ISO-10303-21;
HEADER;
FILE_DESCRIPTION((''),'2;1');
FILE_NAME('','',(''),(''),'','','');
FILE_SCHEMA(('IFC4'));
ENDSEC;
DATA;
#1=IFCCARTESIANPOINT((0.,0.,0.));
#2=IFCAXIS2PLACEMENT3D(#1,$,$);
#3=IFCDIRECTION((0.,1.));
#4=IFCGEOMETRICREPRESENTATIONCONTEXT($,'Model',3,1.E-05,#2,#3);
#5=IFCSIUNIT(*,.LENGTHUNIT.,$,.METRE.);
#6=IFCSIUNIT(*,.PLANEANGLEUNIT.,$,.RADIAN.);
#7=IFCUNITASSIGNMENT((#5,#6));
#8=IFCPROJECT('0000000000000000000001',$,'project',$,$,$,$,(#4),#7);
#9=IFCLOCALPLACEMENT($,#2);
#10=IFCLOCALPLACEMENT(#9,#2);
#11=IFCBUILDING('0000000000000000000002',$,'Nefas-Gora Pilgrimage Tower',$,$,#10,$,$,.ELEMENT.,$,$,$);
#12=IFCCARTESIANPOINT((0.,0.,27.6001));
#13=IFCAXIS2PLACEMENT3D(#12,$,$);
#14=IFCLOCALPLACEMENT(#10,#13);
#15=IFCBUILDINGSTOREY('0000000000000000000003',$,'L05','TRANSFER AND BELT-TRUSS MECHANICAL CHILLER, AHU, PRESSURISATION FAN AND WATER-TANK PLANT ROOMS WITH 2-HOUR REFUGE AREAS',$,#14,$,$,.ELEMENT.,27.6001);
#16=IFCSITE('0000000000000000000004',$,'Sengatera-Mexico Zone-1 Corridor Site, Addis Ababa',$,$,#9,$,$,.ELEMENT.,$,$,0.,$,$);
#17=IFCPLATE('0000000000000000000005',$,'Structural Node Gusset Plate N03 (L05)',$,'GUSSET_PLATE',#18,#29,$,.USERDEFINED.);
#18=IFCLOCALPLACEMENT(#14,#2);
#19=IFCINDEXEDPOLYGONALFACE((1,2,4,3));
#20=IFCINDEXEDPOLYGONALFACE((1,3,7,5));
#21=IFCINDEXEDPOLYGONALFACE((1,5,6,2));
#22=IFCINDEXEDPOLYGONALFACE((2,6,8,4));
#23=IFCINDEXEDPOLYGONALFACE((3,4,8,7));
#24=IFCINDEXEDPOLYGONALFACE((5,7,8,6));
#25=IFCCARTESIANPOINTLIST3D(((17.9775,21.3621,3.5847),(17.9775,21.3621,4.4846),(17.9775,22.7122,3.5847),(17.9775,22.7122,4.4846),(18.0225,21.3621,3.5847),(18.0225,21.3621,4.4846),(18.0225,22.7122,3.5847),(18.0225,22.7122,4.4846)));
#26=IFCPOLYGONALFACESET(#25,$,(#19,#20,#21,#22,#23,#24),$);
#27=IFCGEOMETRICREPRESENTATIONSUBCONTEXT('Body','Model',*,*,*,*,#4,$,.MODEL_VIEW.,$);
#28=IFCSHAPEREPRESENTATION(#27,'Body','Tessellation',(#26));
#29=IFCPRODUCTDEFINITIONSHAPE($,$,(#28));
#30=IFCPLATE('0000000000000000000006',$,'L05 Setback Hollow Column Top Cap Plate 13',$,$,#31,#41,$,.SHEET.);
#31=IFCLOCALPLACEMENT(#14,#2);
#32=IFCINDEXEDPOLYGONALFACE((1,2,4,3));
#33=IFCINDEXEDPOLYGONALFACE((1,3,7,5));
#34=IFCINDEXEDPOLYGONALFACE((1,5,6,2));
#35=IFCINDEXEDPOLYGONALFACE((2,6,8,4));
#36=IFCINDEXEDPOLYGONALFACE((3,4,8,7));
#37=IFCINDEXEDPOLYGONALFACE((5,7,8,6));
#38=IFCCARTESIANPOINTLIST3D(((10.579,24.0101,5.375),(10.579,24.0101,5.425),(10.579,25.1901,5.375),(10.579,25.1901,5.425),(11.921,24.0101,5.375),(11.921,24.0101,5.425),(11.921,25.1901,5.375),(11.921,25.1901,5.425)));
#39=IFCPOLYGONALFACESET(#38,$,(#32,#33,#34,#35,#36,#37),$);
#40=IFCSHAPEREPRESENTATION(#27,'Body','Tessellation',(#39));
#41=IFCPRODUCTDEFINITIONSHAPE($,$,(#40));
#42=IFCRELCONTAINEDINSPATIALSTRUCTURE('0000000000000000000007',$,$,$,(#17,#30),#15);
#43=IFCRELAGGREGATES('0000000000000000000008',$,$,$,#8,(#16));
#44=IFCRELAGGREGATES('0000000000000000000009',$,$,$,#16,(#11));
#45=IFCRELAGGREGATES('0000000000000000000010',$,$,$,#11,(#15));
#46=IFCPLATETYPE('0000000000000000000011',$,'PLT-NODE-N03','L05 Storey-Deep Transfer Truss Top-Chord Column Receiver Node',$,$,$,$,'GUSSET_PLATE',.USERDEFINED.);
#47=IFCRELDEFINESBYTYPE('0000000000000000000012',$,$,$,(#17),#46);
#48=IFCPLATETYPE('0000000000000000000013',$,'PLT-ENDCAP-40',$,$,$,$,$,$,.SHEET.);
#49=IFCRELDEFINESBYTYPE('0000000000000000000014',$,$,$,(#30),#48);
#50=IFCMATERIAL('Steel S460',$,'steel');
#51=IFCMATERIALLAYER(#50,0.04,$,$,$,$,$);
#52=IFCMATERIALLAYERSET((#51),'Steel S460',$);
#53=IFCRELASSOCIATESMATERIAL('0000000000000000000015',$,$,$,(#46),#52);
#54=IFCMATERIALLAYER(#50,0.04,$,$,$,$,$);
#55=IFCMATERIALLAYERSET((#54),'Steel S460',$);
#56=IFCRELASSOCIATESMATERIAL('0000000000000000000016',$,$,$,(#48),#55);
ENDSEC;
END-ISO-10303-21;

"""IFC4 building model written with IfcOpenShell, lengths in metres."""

from ifc_helpers import new_model, si_unit, direction, frame, origin, origin_2d, place, context, subcontext, project, spatial, rectangle, extrude, source, transform, mapped, material, layer, layer_set, type_object, element, save


model = new_model("IFC4")

# Units and contexts
model_context = context("Model", 3, precision=1e-05, world=origin(), true_north=direction((0.0, 1.0)))
body_context = subcontext(model_context, "Body", "Model", "MODEL_VIEW")
ifc_project = project(units=[si_unit("LENGTHUNIT", "METRE"), si_unit("PLANEANGLEUNIT", "RADIAN")], contexts=[model_context])

# Site, building, storey
site_placement = place(None, origin())
site = spatial("IfcSite", under=ifc_project, at=site_placement, Name="Sengatera-Mexico Zone-1 Corridor Site, Addis Ababa", CompositionType="ELEMENT", RefElevation=0.0)
building_placement = place(site_placement, origin())
building = spatial("IfcBuilding", under=site, at=building_placement, Name="Nefas-Gora Pilgrimage Tower", CompositionType="ELEMENT")
storey_placement = place(building_placement, frame((0.0, 0.0, 27.6001)))
storey = spatial("IfcBuildingStorey", under=building, at=storey_placement, Name="L05", Description="TRANSFER AND BELT-TRUSS MECHANICAL CHILLER, AHU, PRESSURISATION FAN AND WATER-TANK PLANT ROOMS WITH 2-HOUR REFUGE AREAS", CompositionType="ELEMENT", Elevation=27.6001)

# Shared definitions
ifc_material = material(Name="Steel S460", Category="steel")

# Plates
ifc_layer_1 = layer(ifc_material, 0.04)
ifc_layer_set_1 = layer_set([ifc_layer_1], Name="Steel S460")
plate_type_1 = type_object("IfcPlateType", Name="PLT-NODE-N03", Description="L05 Storey-Deep Transfer Truss Top-Chord Column Receiver Node", ElementType="GUSSET_PLATE", PredefinedType="USERDEFINED", material=ifc_layer_set_1)
shared_shape_1 = source(origin(), body_context, "Body", "SweptSolid", [
    extrude(rectangle(XDim=1.3501, YDim=0.0449, at=origin_2d()), origin(), (0.0, 0.0, 1.0), 0.8999),
])
plate_1_placement = place(storey_placement, frame((18.0, 22.0371, 3.5847), z_axis=(0.0, 0.0, 1.0), x_axis=(0.0, 1.0, 0.0)))
element("IfcPlate", 1, at=plate_1_placement, inside=storey, type_object=plate_type_1, Name="Structural Node Gusset Plate N03 (L05)", ObjectType="GUSSET_PLATE", PredefinedType="USERDEFINED", context=body_context, shape_type="MappedRepresentation", body=[
    mapped(shared_shape_1, transform((0.0, 0.0, 0.0), x_axis=(1.0, 0.0, 0.0), y_axis=(0.0, 1.0, 0.0), z_axis=(0.0, 0.0, 1.0), scale=1.0)),
])
ifc_layer_2 = layer(ifc_material, 0.04)
ifc_layer_set_2 = layer_set([ifc_layer_2], Name="Steel S460")
plate_type_2 = type_object("IfcPlateType", Name="PLT-ENDCAP-40", PredefinedType="SHEET", material=ifc_layer_set_2)
shared_shape_2 = source(origin(), body_context, "Body", "SweptSolid", [
    extrude(rectangle(XDim=1.342, YDim=1.1799, at=origin_2d()), origin(), (0.0, 0.0, 1.0), 0.05),
])
plate_2_placement = place(storey_placement, frame((11.25, 24.6001, 5.375), z_axis=(0.0, 0.0, 1.0), x_axis=(1.0, 0.0, 0.0)))
element("IfcPlate", 2, at=plate_2_placement, inside=storey, type_object=plate_type_2, Name="L05 Setback Hollow Column Top Cap Plate 13", PredefinedType="SHEET", context=body_context, shape_type="MappedRepresentation", body=[
    mapped(shared_shape_2, transform((0.0, 0.0, 0.0), x_axis=(1.0, 0.0, 0.0), y_axis=(0.0, 1.0, 0.0), z_axis=(0.0, 0.0, 1.0), scale=1.0)),
])

save(model, "model.ifc")
